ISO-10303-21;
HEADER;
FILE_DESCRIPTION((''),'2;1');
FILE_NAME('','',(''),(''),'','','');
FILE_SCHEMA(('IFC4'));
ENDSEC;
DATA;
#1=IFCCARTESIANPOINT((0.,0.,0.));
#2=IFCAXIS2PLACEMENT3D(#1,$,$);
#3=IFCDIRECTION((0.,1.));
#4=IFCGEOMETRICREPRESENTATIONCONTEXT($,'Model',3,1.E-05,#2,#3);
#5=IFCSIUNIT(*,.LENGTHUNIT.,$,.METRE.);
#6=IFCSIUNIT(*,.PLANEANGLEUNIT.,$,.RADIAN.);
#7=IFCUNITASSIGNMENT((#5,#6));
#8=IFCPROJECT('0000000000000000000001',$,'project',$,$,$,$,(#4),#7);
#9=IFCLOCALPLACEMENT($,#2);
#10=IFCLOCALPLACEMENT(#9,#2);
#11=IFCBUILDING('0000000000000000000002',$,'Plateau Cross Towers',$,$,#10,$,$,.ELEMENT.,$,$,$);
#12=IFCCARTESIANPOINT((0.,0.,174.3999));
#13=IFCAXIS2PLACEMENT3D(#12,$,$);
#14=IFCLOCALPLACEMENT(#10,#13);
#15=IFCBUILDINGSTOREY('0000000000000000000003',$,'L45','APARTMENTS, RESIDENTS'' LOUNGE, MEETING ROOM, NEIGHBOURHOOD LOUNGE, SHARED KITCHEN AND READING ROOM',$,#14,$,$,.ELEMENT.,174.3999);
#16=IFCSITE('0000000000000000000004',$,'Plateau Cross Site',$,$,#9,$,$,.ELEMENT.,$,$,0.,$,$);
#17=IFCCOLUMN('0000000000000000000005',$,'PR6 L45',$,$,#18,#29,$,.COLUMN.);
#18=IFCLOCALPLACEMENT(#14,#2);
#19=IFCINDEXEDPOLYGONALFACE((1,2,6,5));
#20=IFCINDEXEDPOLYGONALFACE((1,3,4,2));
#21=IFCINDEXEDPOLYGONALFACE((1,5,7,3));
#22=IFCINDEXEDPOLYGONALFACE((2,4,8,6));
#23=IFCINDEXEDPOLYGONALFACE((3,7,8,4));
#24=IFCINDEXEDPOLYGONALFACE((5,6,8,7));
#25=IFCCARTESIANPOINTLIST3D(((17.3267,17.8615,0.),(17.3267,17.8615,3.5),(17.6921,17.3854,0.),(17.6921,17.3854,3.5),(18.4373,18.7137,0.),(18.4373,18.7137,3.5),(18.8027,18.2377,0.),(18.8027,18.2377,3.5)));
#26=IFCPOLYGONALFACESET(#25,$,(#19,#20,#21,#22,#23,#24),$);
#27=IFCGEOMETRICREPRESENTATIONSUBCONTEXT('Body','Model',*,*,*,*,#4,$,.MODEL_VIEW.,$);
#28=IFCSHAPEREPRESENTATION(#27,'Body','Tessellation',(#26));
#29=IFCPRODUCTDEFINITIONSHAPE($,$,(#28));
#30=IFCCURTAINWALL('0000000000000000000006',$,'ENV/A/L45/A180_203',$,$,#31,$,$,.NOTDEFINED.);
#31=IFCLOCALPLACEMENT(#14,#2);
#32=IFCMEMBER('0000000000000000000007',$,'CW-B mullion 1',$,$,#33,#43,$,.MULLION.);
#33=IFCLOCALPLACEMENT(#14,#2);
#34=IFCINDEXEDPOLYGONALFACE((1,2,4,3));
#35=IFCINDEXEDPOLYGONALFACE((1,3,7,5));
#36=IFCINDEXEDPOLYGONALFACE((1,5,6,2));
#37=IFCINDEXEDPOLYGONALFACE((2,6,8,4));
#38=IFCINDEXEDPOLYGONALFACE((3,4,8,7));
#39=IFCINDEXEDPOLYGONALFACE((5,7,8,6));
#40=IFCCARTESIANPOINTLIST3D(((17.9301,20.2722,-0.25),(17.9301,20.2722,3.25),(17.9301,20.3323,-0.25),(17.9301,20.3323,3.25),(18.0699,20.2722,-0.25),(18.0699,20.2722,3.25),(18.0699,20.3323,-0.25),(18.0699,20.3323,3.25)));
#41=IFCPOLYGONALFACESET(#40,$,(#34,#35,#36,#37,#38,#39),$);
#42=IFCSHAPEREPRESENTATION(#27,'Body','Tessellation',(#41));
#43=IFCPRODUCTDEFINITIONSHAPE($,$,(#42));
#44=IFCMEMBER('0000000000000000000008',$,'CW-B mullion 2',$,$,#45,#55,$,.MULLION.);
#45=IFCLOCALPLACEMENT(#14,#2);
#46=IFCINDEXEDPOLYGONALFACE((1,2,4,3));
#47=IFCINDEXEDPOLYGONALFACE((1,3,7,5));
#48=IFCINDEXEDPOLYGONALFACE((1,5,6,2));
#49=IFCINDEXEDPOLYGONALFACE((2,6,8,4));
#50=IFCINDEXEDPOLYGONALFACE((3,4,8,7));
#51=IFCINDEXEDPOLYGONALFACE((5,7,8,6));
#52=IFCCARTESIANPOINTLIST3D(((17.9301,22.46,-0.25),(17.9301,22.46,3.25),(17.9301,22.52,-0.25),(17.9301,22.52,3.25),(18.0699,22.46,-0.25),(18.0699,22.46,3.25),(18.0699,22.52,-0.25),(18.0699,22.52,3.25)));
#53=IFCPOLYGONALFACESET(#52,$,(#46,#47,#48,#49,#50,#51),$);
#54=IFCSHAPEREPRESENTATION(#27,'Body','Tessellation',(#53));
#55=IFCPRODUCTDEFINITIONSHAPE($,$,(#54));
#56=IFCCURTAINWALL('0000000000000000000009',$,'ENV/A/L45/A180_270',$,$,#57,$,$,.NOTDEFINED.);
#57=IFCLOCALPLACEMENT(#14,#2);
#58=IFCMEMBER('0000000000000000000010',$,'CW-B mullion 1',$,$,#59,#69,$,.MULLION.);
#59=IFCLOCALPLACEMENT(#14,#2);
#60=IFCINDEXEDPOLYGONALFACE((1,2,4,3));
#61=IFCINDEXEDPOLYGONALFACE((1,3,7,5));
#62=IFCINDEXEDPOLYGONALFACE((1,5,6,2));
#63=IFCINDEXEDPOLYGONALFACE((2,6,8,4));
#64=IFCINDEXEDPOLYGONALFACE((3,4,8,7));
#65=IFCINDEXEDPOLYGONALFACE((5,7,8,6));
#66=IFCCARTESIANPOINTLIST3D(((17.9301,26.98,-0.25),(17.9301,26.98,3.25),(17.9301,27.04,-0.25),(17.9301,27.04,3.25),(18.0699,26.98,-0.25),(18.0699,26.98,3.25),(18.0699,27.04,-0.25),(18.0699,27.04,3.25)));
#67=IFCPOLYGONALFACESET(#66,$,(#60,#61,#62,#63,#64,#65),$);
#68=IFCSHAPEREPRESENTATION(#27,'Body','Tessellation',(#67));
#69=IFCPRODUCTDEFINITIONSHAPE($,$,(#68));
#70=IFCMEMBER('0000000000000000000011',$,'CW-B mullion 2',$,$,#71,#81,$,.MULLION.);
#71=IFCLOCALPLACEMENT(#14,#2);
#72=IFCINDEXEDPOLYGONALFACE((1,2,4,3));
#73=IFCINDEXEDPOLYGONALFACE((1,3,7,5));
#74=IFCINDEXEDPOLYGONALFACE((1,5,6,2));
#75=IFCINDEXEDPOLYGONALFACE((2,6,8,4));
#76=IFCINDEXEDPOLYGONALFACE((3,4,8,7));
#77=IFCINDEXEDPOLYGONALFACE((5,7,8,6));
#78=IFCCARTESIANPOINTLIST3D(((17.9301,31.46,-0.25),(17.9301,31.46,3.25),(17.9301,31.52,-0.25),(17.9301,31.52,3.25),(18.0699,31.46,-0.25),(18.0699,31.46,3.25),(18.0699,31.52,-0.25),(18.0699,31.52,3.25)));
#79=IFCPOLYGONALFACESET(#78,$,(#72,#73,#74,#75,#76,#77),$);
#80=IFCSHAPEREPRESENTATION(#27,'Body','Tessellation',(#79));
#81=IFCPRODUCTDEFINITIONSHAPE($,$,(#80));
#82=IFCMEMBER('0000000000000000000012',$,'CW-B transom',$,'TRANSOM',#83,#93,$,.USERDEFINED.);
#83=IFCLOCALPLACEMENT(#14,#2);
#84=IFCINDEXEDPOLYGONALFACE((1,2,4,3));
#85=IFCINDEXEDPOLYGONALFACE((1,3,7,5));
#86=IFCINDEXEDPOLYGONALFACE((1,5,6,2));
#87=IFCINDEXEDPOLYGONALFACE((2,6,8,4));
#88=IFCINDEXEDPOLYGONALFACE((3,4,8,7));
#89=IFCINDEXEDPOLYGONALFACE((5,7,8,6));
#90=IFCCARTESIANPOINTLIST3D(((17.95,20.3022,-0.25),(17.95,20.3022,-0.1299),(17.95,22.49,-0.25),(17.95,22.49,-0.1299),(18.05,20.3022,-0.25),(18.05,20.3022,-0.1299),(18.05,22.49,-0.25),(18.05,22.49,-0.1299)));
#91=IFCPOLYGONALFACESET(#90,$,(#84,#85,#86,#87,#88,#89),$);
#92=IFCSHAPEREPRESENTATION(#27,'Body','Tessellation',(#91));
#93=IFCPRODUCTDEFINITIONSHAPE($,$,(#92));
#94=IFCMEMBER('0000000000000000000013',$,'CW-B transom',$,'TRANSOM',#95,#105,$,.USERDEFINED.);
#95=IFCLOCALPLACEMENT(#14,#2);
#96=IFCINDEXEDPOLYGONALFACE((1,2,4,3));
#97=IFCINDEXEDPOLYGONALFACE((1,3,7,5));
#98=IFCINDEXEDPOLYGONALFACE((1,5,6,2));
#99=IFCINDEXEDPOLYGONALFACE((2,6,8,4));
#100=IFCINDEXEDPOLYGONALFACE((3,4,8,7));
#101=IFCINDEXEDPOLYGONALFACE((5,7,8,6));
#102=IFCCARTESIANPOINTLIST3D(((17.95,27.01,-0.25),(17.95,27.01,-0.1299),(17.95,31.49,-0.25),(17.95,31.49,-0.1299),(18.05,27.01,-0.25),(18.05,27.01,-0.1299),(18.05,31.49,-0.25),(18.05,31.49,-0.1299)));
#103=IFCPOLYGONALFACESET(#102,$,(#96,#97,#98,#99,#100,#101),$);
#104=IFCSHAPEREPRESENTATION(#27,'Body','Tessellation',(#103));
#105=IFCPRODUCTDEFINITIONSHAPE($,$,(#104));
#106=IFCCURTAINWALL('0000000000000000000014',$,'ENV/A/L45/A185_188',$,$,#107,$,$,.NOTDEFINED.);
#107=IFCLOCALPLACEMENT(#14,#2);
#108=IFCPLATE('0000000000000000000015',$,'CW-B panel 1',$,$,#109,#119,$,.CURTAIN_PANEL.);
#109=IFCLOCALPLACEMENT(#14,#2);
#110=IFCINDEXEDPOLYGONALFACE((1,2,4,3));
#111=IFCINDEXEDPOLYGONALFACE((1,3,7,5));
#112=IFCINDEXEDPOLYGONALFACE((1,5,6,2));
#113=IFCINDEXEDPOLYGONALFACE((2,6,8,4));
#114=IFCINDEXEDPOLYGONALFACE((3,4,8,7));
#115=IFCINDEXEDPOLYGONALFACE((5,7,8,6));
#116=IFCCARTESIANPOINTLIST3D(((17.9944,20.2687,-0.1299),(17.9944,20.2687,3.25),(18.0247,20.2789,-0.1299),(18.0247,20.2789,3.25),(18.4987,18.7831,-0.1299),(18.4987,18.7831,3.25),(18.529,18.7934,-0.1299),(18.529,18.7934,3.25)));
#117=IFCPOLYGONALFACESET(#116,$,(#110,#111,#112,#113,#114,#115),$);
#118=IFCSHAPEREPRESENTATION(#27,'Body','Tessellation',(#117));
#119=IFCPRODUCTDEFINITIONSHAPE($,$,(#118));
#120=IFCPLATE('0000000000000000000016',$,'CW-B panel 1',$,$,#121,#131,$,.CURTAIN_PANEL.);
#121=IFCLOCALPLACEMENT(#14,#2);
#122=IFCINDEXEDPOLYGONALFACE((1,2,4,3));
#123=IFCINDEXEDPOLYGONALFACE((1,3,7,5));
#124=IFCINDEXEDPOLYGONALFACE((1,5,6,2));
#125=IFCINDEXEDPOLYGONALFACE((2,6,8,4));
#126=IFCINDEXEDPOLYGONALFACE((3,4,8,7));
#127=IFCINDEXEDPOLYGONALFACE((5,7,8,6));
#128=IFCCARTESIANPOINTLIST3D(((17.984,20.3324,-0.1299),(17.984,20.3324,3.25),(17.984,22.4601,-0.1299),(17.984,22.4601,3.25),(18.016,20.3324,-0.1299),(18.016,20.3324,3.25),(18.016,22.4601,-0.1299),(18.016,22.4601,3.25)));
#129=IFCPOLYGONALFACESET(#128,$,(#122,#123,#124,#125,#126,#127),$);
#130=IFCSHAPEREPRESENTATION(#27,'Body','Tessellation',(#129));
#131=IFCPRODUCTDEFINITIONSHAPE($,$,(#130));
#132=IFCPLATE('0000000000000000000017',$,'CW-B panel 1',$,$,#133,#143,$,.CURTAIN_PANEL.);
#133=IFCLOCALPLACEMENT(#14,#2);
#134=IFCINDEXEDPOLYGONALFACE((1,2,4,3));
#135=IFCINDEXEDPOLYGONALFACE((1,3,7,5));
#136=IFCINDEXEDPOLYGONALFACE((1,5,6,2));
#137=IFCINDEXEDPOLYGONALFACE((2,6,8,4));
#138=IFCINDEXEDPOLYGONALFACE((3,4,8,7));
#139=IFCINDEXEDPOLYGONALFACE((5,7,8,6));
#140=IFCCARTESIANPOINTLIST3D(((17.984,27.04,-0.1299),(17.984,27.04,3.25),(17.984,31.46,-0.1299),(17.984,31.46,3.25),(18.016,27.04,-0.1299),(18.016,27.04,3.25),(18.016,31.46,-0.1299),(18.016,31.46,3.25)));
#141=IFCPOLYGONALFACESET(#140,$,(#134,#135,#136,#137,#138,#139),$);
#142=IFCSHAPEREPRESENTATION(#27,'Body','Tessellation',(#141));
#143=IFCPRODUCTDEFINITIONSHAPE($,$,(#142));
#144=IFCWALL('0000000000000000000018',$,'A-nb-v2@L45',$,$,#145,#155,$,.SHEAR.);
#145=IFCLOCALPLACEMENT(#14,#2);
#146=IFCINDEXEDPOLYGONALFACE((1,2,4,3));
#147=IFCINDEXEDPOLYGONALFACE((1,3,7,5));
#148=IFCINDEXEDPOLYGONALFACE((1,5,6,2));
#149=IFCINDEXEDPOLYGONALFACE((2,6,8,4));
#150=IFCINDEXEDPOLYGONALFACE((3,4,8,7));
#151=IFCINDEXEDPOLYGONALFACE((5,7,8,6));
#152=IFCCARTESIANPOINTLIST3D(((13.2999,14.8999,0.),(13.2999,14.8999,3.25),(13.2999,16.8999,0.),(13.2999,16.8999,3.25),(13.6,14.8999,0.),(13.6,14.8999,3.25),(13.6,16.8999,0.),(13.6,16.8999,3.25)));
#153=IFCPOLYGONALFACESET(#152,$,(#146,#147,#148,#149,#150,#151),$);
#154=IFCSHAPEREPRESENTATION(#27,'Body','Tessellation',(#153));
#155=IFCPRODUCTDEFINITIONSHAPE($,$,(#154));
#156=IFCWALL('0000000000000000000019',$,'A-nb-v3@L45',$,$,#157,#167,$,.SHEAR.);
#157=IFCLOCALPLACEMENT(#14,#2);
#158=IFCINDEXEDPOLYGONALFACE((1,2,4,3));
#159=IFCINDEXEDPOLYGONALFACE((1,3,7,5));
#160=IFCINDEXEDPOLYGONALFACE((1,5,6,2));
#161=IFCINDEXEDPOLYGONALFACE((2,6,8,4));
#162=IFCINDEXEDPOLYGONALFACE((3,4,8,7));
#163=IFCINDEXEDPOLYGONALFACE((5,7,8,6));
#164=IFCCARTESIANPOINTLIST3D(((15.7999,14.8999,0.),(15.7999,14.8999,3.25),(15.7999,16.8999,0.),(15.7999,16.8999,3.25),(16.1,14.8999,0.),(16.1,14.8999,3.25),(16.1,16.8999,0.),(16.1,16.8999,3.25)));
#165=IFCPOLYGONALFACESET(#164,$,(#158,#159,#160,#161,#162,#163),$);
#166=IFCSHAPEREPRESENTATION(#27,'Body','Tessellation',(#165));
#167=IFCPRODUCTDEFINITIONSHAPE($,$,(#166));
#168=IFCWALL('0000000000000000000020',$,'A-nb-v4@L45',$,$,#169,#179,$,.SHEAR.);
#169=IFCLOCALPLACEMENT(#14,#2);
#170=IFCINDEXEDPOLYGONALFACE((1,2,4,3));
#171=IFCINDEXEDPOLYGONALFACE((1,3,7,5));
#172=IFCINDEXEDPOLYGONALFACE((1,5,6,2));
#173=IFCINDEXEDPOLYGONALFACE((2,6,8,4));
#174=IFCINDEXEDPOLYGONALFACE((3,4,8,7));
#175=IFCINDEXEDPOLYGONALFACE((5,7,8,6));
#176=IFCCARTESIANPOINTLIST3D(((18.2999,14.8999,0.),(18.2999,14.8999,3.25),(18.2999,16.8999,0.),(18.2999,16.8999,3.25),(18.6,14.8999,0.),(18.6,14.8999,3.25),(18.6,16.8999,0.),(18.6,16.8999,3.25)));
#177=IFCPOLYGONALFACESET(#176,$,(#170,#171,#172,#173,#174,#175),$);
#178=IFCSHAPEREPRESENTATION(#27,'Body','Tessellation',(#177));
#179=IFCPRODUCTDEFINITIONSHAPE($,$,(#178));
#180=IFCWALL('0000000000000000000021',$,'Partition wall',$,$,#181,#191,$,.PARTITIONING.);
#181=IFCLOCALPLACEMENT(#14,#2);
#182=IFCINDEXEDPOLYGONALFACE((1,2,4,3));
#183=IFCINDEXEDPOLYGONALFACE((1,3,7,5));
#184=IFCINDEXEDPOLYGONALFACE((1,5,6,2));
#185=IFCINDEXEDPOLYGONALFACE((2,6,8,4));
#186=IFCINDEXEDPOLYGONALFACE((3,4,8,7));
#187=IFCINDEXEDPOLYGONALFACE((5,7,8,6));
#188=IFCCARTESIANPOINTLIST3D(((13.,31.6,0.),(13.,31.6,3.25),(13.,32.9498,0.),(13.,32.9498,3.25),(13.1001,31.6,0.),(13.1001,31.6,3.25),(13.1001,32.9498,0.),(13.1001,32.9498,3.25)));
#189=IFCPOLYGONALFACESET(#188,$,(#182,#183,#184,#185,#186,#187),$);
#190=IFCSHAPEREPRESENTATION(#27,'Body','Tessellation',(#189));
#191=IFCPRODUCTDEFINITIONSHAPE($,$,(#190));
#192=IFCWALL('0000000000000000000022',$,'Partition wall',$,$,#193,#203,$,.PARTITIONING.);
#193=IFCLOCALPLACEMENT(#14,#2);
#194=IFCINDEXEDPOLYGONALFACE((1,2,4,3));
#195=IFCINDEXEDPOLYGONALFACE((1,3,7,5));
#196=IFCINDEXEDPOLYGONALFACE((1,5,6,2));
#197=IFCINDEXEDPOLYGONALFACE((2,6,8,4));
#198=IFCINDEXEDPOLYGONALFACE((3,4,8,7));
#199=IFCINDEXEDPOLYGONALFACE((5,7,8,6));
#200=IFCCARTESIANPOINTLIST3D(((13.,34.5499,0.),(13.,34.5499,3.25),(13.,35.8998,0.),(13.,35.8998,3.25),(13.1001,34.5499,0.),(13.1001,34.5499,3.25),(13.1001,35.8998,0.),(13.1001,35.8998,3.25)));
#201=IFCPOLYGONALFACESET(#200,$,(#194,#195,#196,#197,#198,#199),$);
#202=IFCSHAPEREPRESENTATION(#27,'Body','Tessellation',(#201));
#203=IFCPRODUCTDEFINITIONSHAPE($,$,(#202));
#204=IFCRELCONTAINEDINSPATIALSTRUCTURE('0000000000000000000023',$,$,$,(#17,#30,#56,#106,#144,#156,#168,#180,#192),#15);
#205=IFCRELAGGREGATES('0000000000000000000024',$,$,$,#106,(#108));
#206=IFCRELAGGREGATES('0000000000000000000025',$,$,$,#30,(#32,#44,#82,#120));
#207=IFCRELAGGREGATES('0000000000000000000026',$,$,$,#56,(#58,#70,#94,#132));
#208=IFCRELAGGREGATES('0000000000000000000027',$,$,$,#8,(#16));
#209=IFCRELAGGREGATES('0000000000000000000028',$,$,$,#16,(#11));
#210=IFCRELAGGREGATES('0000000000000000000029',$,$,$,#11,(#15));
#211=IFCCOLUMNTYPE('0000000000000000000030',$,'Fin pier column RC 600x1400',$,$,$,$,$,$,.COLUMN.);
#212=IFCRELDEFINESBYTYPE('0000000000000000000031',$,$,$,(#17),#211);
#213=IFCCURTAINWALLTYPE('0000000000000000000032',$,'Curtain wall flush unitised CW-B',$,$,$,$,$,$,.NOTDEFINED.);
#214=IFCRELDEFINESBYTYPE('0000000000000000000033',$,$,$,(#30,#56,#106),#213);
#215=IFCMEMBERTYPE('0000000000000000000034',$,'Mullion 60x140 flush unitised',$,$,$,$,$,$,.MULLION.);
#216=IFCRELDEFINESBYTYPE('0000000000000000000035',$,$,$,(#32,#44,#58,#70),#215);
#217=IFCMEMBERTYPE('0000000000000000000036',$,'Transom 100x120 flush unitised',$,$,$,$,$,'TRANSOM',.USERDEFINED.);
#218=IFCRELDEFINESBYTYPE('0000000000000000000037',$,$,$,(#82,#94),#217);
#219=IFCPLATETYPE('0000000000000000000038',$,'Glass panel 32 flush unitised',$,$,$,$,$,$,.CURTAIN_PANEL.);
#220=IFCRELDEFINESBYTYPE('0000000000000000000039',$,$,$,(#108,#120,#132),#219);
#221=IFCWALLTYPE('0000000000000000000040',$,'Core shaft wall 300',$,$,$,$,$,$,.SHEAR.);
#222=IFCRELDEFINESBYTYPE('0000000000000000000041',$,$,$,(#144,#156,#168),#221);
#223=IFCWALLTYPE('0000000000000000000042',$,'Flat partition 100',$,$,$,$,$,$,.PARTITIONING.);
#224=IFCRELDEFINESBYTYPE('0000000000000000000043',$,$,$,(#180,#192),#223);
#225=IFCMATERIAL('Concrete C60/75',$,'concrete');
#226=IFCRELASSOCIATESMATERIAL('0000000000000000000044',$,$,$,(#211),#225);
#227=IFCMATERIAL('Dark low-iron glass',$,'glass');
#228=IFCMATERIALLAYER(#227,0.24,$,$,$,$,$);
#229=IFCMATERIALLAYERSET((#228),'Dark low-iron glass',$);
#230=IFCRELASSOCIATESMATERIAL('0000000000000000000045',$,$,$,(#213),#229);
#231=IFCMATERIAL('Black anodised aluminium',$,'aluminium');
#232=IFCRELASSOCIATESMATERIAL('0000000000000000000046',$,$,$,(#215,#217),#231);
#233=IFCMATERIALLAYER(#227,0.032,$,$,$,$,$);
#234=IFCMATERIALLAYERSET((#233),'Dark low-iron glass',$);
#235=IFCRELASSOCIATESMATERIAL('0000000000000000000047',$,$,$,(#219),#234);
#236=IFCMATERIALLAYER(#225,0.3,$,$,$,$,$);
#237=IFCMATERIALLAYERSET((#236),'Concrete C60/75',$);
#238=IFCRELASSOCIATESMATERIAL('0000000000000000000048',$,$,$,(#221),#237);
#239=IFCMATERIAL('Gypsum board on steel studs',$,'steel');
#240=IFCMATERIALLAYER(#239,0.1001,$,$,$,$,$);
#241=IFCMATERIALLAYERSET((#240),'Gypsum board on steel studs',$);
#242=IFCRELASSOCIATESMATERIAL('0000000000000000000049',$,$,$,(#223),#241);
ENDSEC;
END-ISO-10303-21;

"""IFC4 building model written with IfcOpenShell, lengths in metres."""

from ifc_helpers import new_model, si_unit, direction, frame, frame_2d, origin, origin_2d, place, context, subcontext, project, spatial, rectangle, extrude, material, layer, layer_set, material_profile, profile_set, type_object, element, aggregate, save


model = new_model("IFC4")

# Units and contexts
model_context = context("Model", 3, precision=1e-05, world=origin(), true_north=direction((0.0, 1.0)))
body_context = subcontext(model_context, "Body", "Model", "MODEL_VIEW")
ifc_project = project(units=[si_unit("LENGTHUNIT", "METRE"), si_unit("PLANEANGLEUNIT", "RADIAN")], contexts=[model_context])

# Site, building, storey
site_placement = place(None, origin())
site = spatial("IfcSite", under=ifc_project, at=site_placement, Name="Plateau Cross Site", CompositionType="ELEMENT", RefElevation=0.0)
building_placement = place(site_placement, origin())
building = spatial("IfcBuilding", under=site, at=building_placement, Name="Plateau Cross Towers", CompositionType="ELEMENT")
storey_placement = place(building_placement, frame((0.0, 0.0, 174.3999)))
storey = spatial("IfcBuildingStorey", under=building, at=storey_placement, Name="L45", Description="APARTMENTS, RESIDENTS' LOUNGE, MEETING ROOM, NEIGHBOURHOOD LOUNGE, SHARED KITCHEN AND READING ROOM", CompositionType="ELEMENT", Elevation=174.3999)

# Column
ifc_material_1 = material(Name="Concrete C60/75", Category="concrete")
ifc_material_profile_1 = material_profile(ifc_material_1, rectangle(XDim=0.6001, YDim=1.3999, at=origin_2d()), Name="RC 600x1400")
ifc_profile_set_1 = profile_set([ifc_material_profile_1], Name="Concrete C60/75")
column_type = type_object("IfcColumnType", Name="Fin pier column RC 600x1400", PredefinedType="COLUMN", material=ifc_profile_set_1)
column_placement = place(storey_placement, frame((18.0647, 18.0496, 0.0), z_axis=(0.0, 0.0, 1.0), x_axis=(-0.608811, 0.793315, 0.0)))
element("IfcColumn", 1, at=column_placement, inside=storey, type_object=column_type, Name="PR6 L45", PredefinedType="COLUMN", context=body_context, shape_type="SweptSolid", body=[
    extrude(rectangle(XDim=0.6001, YDim=1.3999, at=origin_2d()), origin(), (0.0, 0.0, 1.0), 3.5),
])

# Curtain walls, members
ifc_material_2 = material(Name="Dark low-iron glass", Category="glass")
ifc_layer_1 = layer(ifc_material_2, 0.24)
ifc_layer_set_1 = layer_set([ifc_layer_1], Name="Dark low-iron glass")
curtain_wall_type = type_object("IfcCurtainWallType", Name="Curtain wall flush unitised CW-B", PredefinedType="NOTDEFINED", material=ifc_layer_set_1)
curtain_wall_1_placement = place(storey_placement, origin())
curtain_wall_1 = element("IfcCurtainWall", 2, at=curtain_wall_1_placement, inside=storey, type_object=curtain_wall_type, Name="ENV/A/L45/A180_203", PredefinedType="NOTDEFINED")
ifc_material_3 = material(Name="Black anodised aluminium", Category="aluminium")
ifc_material_profile_2 = material_profile(ifc_material_3, rectangle(XDim=0.0601, YDim=0.1399, at=origin_2d()), Name="MULLION 60x140")
ifc_profile_set_2 = profile_set([ifc_material_profile_2], Name="Black anodised aluminium")
member_type_1 = type_object("IfcMemberType", Name="Mullion 60x140 flush unitised", PredefinedType="MULLION", material=ifc_profile_set_2)
member_1_placement = place(storey_placement, frame((18.0, 20.3022, -0.25), z_axis=(0.0, 0.0, 1.0), x_axis=(0.0, 1.0, 0.0)))
member_1 = element("IfcMember", 3, at=member_1_placement, type_object=member_type_1, Name="CW-B mullion 1", PredefinedType="MULLION", context=body_context, shape_type="SweptSolid", body=[
    extrude(rectangle(XDim=0.0601, YDim=0.1399, at=origin_2d()), origin(), (0.0, 0.0, 1.0), 3.5),
])
member_2_placement = place(storey_placement, frame((18.0, 22.49, -0.25), z_axis=(0.0, 0.0, 1.0), x_axis=(0.0, 1.0, 0.0)))
member_2 = element("IfcMember", 4, at=member_2_placement, type_object=member_type_1, Name="CW-B mullion 2", PredefinedType="MULLION", context=body_context, shape_type="SweptSolid", body=[
    extrude(rectangle(XDim=0.0601, YDim=0.1399, at=origin_2d()), origin(), (0.0, 0.0, 1.0), 3.5),
])
curtain_wall_2_placement = place(storey_placement, origin())
curtain_wall_2 = element("IfcCurtainWall", 5, at=curtain_wall_2_placement, inside=storey, type_object=curtain_wall_type, Name="ENV/A/L45/A180_270", PredefinedType="NOTDEFINED")
member_3_placement = place(storey_placement, frame((18.0, 27.01, -0.25), z_axis=(0.0, 0.0, 1.0), x_axis=(0.0, 1.0, 0.0)))
member_3 = element("IfcMember", 6, at=member_3_placement, type_object=member_type_1, Name="CW-B mullion 1", PredefinedType="MULLION", context=body_context, shape_type="SweptSolid", body=[
    extrude(rectangle(XDim=0.0601, YDim=0.1399, at=origin_2d()), origin(), (0.0, 0.0, 1.0), 3.5),
])
member_4_placement = place(storey_placement, frame((18.0, 31.49, -0.25), z_axis=(0.0, 0.0, 1.0), x_axis=(0.0, 1.0, 0.0)))
member_4 = element("IfcMember", 7, at=member_4_placement, type_object=member_type_1, Name="CW-B mullion 2", PredefinedType="MULLION", context=body_context, shape_type="SweptSolid", body=[
    extrude(rectangle(XDim=0.0601, YDim=0.1399, at=origin_2d()), origin(), (0.0, 0.0, 1.0), 3.5),
])

# Members
ifc_material_profile_3 = material_profile(ifc_material_3, rectangle(XDim=0.1001, YDim=0.1201, at=origin_2d()), Name="TRANSOM 100x120")
ifc_profile_set_3 = profile_set([ifc_material_profile_3], Name="Black anodised aluminium")
member_type_2 = type_object("IfcMemberType", Name="Transom 100x120 flush unitised", ElementType="TRANSOM", PredefinedType="USERDEFINED", material=ifc_profile_set_3)
member_5_placement = place(storey_placement, frame((18.0, 20.3022, -0.1899), z_axis=(0.0, 1.0, 0.0), x_axis=(-1.0, 0.0, 0.0)))
member_5 = element("IfcMember", 8, at=member_5_placement, type_object=member_type_2, Name="CW-B transom", ObjectType="TRANSOM", PredefinedType="USERDEFINED", context=body_context, shape_type="SweptSolid", body=[
    extrude(rectangle(XDim=0.1001, YDim=0.1201, at=origin_2d()), origin(), (0.0, 0.0, 1.0), 2.1877),
])
member_6_placement = place(storey_placement, frame((18.0, 27.01, -0.1899), z_axis=(0.0, 1.0, 0.0), x_axis=(-1.0, 0.0, 0.0)))
member_6 = element("IfcMember", 9, at=member_6_placement, type_object=member_type_2, Name="CW-B transom", ObjectType="TRANSOM", PredefinedType="USERDEFINED", context=body_context, shape_type="SweptSolid", body=[
    extrude(rectangle(XDim=0.1001, YDim=0.1201, at=origin_2d()), origin(), (0.0, 0.0, 1.0), 4.48),
])

# Curtain wall, plate
curtain_wall_3_placement = place(storey_placement, origin())
curtain_wall_3 = element("IfcCurtainWall", 10, at=curtain_wall_3_placement, inside=storey, type_object=curtain_wall_type, Name="ENV/A/L45/A185_188", PredefinedType="NOTDEFINED")
ifc_layer_2 = layer(ifc_material_2, 0.032)
ifc_layer_set_2 = layer_set([ifc_layer_2], Name="Dark low-iron glass")
plate_type = type_object("IfcPlateType", Name="Glass panel 32 flush unitised", PredefinedType="CURTAIN_PANEL", material=ifc_layer_set_2)
plate_1_placement = place(storey_placement, frame((18.2617, 19.531, -0.1299), z_axis=(0.0, 0.0, 1.0), x_axis=(-0.321469, 0.94692, 0.0)))
plate_1 = element("IfcPlate", 11, at=plate_1_placement, type_object=plate_type, Name="CW-B panel 1", PredefinedType="CURTAIN_PANEL", context=body_context, shape_type="SweptSolid", body=[
    extrude(rectangle(XDim=1.5688, YDim=0.032, at=origin_2d()), origin(), (0.0, 0.0, 1.0), 3.3799),
])
aggregate(curtain_wall_3, [plate_1])

# Plates
plate_2_placement = place(storey_placement, frame((18.0, 21.3962, -0.1299), z_axis=(0.0, 0.0, 1.0), x_axis=(0.0, 1.0, 0.0)))
plate_2 = element("IfcPlate", 12, at=plate_2_placement, type_object=plate_type, Name="CW-B panel 1", PredefinedType="CURTAIN_PANEL", context=body_context, shape_type="SweptSolid", body=[
    extrude(rectangle(XDim=2.1277, YDim=0.032, at=origin_2d()), origin(), (0.0, 0.0, 1.0), 3.3799),
])
aggregate(curtain_wall_1, [member_1, member_2, member_5, plate_2])
plate_3_placement = place(storey_placement, frame((18.0, 29.25, -0.1299), z_axis=(0.0, 0.0, 1.0), x_axis=(0.0, 1.0, 0.0)))
plate_3 = element("IfcPlate", 13, at=plate_3_placement, type_object=plate_type, Name="CW-B panel 1", PredefinedType="CURTAIN_PANEL", context=body_context, shape_type="SweptSolid", body=[
    extrude(rectangle(XDim=4.4199, YDim=0.032, at=origin_2d()), origin(), (0.0, 0.0, 1.0), 3.3799),
])
aggregate(curtain_wall_2, [member_3, member_4, member_6, plate_3])

# Walls
ifc_layer_3 = layer(ifc_material_1, 0.3)
ifc_layer_set_3 = layer_set([ifc_layer_3], Name="Concrete C60/75")
wall_type_1 = type_object("IfcWallType", Name="Core shaft wall 300", PredefinedType="SHEAR", material=ifc_layer_set_3)
for number, where, z_axis, x_axis, name in (
    (14, (13.45, 14.8999, 0.0), (0.0, 0.0, 1.0), (0.0, 1.0, 0.0), "A-nb-v2@L45"),
    (15, (15.95, 14.8999, 0.0), (0.0, 0.0, 1.0), (0.0, 1.0, 0.0), "A-nb-v3@L45"),
    (16, (18.45, 14.8999, 0.0), (0.0, 0.0, 1.0), (0.0, 1.0, 0.0), "A-nb-v4@L45"),
):
    element("IfcWall", number, at=place(storey_placement, frame(where, z_axis=z_axis, x_axis=x_axis)), inside=storey, type_object=wall_type_1, Name=name, PredefinedType="SHEAR", context=body_context, shape_type="SweptSolid", body=[
        extrude(rectangle(XDim=2.0, YDim=0.3, at=frame_2d((1.0, 0.0))), origin(), (0.0, 0.0, 1.0), 3.25),
    ])
ifc_material_4 = material(Name="Gypsum board on steel studs", Category="steel")
ifc_layer_4 = layer(ifc_material_4, 0.1001)
ifc_layer_set_4 = layer_set([ifc_layer_4], Name="Gypsum board on steel studs")
wall_type_2 = type_object("IfcWallType", Name="Flat partition 100", PredefinedType="PARTITIONING", material=ifc_layer_set_4)
for number, where, z_axis, x_axis, name in (
    (17, (13.05, 31.6001, 0.0), (0.0, 0.0, 1.0), (0.0, 1.0, 0.0), "Partition wall"),
    (18, (13.05, 34.55, 0.0), (0.0, 0.0, 1.0), (0.0, 1.0, 0.0), "Partition wall"),
):
    element("IfcWall", number, at=place(storey_placement, frame(where, z_axis=z_axis, x_axis=x_axis)), inside=storey, type_object=wall_type_2, Name=name, PredefinedType="PARTITIONING", context=body_context, shape_type="SweptSolid", body=[
        extrude(rectangle(XDim=1.3499, YDim=0.1001, at=frame_2d((0.6748, 0.0))), origin(), (0.0, 0.0, 1.0), 3.25),
    ])

save(model, "model.ifc")
